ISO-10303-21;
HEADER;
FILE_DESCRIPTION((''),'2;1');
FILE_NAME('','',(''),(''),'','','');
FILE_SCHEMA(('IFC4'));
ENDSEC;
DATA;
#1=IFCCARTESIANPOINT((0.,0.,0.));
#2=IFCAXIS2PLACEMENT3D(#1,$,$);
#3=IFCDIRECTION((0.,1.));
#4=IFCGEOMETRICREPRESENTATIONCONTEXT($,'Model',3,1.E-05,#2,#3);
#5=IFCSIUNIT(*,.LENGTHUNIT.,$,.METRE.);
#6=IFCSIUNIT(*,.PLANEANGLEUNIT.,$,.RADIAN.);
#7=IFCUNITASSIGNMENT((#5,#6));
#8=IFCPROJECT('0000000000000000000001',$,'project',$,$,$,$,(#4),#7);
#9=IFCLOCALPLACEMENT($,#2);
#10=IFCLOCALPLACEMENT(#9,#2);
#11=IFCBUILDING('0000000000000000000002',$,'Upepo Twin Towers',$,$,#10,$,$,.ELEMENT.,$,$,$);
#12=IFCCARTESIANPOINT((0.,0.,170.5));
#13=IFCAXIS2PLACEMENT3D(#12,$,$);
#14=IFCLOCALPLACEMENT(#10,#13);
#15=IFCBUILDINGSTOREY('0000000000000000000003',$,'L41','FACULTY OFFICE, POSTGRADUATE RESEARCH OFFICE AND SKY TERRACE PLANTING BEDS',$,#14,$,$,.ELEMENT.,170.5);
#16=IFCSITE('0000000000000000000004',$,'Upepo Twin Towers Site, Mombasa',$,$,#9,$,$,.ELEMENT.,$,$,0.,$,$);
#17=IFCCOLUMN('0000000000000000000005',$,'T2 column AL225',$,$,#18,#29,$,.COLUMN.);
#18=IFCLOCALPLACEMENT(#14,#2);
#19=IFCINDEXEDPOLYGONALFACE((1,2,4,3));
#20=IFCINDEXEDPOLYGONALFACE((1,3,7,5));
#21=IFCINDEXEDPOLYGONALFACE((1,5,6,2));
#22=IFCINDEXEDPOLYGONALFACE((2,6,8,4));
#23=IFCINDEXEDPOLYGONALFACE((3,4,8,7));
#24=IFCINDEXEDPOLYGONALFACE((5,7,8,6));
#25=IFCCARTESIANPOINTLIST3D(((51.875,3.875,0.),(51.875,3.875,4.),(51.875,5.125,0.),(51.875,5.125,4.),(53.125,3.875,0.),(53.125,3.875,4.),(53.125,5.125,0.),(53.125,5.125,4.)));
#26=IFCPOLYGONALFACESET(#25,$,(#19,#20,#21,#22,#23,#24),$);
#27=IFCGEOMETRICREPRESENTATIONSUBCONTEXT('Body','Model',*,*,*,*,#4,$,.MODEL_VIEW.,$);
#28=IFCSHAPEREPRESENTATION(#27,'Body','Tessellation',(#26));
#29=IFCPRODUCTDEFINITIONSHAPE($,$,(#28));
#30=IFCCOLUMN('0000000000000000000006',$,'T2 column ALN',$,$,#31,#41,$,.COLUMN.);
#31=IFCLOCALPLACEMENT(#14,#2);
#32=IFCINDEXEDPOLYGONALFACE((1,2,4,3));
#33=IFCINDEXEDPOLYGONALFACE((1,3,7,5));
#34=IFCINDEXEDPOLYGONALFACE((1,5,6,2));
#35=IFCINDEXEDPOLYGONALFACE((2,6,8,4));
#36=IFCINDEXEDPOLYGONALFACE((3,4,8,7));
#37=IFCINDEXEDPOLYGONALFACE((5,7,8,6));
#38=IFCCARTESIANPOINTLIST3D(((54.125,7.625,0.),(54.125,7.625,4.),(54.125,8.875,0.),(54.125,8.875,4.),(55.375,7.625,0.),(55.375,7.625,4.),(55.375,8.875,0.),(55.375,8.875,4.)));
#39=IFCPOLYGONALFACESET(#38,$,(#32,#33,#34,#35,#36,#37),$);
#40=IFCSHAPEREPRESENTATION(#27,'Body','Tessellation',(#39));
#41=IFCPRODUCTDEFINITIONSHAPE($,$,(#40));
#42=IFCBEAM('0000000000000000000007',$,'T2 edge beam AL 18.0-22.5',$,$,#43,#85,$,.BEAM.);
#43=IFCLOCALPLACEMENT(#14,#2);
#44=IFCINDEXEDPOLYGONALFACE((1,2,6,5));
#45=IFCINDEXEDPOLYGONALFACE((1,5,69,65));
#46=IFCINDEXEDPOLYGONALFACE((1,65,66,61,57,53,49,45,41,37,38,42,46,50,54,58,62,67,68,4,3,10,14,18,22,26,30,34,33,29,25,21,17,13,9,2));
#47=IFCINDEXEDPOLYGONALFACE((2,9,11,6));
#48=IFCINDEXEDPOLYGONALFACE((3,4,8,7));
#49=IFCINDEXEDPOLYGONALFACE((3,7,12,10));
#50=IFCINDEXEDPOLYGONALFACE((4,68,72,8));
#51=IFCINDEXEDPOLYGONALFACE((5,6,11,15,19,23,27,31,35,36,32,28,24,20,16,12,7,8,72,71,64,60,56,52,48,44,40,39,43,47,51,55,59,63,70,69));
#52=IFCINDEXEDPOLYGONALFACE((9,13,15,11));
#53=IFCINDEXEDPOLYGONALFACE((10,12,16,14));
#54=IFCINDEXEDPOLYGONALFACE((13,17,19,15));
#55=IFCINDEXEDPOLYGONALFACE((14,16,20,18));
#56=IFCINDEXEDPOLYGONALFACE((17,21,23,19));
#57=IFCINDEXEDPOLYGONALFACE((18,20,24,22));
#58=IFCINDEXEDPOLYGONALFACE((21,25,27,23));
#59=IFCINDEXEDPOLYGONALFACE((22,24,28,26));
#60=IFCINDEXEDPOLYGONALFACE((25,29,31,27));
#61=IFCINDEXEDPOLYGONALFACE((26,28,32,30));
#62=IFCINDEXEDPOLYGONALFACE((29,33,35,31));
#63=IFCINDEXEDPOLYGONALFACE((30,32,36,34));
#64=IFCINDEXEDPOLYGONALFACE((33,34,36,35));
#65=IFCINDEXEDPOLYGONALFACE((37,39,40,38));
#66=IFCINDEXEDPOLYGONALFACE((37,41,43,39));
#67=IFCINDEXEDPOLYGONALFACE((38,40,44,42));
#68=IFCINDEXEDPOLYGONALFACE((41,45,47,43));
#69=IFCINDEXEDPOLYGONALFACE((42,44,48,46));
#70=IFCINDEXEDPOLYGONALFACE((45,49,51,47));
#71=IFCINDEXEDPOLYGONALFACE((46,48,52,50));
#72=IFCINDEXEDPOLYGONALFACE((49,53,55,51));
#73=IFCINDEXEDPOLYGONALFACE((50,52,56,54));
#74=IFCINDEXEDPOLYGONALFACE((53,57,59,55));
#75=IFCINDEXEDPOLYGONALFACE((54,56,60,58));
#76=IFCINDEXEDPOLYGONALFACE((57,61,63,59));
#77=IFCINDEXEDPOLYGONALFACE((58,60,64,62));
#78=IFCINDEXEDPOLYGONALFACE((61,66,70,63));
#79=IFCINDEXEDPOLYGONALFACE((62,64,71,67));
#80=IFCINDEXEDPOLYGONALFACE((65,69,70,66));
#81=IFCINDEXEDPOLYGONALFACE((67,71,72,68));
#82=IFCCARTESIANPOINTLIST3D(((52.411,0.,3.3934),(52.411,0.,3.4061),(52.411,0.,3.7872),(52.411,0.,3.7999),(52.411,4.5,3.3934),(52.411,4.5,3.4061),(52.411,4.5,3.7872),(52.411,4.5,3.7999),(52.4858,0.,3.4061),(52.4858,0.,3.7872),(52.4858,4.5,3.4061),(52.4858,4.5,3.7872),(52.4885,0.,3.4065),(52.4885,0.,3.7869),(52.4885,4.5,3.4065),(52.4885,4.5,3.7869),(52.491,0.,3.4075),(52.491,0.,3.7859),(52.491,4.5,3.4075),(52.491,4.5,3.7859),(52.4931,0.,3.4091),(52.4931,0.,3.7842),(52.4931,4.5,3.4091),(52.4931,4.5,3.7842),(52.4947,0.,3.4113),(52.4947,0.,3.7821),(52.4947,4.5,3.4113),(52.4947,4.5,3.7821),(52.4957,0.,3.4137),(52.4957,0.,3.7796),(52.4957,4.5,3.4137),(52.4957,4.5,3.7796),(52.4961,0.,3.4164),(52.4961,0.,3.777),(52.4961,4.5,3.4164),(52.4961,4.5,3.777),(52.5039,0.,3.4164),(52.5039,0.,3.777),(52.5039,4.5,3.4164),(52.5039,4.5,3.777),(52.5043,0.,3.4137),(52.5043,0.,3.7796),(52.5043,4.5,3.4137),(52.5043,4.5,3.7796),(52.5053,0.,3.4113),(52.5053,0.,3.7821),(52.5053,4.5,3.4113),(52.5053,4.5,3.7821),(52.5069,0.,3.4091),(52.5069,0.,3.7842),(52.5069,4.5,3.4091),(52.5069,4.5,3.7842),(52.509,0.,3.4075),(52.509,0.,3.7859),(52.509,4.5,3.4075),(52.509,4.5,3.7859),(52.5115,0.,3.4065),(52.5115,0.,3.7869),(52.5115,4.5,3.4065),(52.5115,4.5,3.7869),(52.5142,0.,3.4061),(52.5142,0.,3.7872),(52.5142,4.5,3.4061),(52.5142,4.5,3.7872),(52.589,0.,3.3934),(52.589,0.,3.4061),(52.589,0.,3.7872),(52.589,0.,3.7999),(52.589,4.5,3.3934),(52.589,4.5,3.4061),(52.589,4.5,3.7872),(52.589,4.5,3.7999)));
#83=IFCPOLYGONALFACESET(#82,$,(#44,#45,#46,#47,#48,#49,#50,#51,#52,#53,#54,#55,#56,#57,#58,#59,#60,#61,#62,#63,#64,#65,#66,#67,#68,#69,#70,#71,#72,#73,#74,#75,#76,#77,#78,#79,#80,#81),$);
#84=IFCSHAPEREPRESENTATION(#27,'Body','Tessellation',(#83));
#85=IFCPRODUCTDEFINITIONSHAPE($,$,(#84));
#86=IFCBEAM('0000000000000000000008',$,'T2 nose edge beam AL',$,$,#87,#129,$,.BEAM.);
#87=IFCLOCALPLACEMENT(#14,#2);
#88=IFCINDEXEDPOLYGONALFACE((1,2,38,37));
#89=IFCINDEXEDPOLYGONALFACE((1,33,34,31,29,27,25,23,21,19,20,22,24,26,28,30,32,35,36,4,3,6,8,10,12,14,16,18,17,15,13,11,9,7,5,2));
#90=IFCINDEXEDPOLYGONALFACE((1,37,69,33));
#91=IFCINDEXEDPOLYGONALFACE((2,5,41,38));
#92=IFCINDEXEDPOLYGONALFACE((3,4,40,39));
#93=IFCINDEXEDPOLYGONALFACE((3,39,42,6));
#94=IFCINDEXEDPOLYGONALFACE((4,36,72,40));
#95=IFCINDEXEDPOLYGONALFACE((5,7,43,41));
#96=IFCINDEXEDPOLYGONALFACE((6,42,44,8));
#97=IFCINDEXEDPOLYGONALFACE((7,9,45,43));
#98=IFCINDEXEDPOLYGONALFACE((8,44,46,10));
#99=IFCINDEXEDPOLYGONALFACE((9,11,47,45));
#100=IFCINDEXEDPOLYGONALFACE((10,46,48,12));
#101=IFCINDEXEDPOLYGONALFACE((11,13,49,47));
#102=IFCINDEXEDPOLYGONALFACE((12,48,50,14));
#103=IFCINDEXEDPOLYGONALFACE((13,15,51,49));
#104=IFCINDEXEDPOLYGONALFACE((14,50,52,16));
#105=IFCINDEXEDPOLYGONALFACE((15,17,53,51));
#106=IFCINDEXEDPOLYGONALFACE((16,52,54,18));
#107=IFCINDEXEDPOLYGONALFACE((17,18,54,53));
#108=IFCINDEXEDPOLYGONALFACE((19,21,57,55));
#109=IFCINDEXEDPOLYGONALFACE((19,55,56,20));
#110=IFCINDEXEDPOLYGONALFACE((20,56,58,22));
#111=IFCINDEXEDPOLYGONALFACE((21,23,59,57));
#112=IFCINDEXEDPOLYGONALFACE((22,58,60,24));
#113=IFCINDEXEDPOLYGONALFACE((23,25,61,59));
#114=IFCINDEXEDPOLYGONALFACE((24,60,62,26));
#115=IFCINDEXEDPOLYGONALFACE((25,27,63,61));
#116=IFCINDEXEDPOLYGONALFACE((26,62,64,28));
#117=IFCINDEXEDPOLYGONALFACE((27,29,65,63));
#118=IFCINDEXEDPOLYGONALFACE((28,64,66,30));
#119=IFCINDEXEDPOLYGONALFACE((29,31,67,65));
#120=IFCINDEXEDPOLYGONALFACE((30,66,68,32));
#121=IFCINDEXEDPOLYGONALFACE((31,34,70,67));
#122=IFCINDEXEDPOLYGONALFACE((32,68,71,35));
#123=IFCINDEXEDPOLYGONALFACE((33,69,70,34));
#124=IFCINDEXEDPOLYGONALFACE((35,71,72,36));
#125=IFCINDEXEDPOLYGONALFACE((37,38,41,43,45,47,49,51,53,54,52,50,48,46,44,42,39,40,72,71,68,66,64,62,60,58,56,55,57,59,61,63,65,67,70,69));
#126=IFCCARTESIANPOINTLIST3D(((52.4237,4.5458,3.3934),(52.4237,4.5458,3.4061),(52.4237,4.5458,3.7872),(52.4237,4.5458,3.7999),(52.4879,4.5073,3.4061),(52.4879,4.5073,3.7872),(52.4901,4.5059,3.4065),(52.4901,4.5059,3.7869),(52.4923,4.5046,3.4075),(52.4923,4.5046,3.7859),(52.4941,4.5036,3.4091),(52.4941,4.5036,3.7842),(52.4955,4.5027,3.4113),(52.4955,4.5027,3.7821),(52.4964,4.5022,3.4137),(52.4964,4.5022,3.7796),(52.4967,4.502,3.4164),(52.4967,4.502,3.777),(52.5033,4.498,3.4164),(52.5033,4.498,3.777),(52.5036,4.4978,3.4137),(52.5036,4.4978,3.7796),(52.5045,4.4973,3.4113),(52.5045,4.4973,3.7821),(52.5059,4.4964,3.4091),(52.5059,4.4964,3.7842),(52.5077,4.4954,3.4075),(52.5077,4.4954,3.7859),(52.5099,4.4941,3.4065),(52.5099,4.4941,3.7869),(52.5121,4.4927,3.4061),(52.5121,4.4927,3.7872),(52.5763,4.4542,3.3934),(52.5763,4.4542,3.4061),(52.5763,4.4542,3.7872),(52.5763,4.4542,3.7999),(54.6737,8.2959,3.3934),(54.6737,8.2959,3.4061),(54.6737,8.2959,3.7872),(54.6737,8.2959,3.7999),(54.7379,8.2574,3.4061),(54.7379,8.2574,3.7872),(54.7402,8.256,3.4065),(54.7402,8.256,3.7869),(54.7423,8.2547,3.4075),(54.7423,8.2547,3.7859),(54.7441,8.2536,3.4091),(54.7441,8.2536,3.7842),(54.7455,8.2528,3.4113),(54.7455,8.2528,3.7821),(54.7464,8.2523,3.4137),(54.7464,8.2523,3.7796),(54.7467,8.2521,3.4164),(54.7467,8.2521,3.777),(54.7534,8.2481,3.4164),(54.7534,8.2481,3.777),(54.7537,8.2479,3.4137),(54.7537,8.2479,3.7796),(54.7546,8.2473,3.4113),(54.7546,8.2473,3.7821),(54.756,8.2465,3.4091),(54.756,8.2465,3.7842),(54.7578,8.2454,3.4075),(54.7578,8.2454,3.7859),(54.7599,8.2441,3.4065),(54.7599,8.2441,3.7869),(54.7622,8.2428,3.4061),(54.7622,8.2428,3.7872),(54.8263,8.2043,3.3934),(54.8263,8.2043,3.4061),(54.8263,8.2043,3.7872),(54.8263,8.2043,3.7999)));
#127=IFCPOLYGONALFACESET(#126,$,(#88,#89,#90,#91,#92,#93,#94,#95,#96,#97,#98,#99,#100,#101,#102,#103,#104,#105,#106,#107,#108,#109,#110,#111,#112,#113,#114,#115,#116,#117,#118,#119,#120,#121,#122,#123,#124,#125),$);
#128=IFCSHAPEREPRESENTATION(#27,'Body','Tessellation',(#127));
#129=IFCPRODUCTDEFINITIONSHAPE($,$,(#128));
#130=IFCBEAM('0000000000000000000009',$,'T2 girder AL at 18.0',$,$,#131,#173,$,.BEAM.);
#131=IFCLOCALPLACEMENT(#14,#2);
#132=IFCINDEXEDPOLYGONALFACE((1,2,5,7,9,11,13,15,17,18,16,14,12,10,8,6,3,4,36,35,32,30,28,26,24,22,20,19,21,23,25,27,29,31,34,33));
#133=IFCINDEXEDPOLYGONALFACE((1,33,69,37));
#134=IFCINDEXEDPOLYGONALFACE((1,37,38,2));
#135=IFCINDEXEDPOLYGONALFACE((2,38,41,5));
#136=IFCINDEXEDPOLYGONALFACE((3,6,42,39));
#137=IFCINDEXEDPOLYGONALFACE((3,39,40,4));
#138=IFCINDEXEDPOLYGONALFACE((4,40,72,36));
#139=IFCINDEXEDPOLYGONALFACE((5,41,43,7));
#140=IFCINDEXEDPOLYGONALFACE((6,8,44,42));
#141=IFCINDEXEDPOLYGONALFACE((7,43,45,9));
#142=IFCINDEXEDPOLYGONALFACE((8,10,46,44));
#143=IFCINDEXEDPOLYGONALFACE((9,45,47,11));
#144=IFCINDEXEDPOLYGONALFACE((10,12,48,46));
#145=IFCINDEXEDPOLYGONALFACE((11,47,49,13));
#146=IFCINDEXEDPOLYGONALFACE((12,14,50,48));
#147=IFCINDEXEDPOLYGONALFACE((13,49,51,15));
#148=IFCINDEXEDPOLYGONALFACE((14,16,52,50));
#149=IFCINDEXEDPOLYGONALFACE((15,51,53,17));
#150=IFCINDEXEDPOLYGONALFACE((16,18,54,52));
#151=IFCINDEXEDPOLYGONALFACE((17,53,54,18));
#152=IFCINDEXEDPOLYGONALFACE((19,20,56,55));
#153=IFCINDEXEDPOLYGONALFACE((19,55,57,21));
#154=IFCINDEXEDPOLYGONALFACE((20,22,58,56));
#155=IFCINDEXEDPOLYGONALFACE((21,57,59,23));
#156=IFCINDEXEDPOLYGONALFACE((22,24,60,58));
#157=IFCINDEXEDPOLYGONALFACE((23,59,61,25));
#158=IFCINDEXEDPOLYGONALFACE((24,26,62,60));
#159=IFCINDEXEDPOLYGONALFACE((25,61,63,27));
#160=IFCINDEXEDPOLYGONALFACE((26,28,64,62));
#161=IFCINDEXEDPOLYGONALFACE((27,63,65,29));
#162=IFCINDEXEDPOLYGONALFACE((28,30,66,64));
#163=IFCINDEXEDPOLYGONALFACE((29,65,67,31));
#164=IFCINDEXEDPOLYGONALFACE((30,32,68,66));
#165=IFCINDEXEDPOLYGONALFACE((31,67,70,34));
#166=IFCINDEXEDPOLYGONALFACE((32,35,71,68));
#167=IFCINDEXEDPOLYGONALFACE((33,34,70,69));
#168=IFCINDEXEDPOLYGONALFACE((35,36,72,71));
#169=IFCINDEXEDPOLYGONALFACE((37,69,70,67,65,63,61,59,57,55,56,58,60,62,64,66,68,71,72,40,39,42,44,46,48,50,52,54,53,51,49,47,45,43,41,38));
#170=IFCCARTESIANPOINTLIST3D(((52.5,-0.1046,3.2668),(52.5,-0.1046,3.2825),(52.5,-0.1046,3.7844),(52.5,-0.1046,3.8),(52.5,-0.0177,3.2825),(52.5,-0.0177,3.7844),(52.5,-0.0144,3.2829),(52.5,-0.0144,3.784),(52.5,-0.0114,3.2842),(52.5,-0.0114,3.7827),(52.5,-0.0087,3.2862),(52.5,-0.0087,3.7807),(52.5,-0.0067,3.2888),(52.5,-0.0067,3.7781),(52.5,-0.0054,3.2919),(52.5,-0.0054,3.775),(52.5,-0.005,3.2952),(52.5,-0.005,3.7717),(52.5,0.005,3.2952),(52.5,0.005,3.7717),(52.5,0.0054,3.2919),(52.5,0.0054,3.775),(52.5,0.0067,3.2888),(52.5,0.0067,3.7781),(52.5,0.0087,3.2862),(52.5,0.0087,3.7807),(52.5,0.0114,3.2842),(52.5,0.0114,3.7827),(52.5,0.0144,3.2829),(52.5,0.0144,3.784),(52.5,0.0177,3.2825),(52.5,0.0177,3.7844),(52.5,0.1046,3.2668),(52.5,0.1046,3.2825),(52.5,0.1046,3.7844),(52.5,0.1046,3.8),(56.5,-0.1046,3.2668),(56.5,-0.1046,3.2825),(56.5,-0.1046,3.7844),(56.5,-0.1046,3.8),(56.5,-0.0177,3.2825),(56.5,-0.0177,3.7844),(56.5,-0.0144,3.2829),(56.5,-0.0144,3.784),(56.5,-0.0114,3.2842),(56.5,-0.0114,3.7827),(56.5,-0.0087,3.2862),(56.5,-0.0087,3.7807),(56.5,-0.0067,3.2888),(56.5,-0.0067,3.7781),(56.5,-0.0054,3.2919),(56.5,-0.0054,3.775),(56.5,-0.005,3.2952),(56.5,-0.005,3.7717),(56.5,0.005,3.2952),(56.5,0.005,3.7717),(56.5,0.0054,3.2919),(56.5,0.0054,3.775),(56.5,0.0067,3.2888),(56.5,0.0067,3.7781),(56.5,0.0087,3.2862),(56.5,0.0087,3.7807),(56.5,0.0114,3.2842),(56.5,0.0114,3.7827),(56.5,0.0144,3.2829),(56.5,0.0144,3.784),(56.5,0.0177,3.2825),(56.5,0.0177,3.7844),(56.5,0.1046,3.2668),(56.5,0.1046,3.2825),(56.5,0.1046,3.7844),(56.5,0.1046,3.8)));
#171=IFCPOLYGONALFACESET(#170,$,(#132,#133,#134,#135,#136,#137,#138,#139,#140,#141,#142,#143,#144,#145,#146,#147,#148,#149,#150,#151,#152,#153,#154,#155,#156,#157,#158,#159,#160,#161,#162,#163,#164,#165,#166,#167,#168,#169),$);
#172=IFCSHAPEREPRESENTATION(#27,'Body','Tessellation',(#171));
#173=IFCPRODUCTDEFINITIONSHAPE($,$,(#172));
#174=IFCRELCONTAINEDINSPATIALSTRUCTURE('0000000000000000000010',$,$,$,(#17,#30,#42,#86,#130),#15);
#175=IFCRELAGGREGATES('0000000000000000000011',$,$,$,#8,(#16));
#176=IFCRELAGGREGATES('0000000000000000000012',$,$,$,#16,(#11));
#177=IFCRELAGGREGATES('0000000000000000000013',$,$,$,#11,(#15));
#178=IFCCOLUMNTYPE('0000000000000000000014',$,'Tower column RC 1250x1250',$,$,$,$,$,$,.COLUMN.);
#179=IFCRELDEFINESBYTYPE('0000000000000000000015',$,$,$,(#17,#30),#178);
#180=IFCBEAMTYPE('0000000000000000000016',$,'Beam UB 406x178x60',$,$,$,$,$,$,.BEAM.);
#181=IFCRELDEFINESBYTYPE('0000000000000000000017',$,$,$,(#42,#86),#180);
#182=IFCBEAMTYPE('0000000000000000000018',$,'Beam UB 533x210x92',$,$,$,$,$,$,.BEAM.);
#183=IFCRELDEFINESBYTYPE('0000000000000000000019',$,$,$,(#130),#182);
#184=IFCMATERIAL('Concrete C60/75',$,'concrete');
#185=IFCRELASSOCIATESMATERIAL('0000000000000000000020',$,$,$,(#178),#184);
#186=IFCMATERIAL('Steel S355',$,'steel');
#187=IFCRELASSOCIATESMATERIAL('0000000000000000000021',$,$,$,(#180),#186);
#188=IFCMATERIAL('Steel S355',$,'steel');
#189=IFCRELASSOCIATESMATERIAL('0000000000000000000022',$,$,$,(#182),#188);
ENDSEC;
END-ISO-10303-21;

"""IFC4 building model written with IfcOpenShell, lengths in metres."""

from ifc_helpers import new_model, si_unit, direction, frame, origin, origin_2d, place, context, subcontext, project, spatial, rectangle, i_section, extrude, material, material_profile, profile_set, type_object, element, save


model = new_model("IFC4")

# Units and contexts
model_context = context("Model", 3, precision=1e-05, world=origin(), true_north=direction((0.0, 1.0)))
body_context = subcontext(model_context, "Body", "Model", "MODEL_VIEW")
ifc_project = project(units=[si_unit("LENGTHUNIT", "METRE"), si_unit("PLANEANGLEUNIT", "RADIAN")], contexts=[model_context])

# Site, building, storey
site_placement = place(None, origin())
site = spatial("IfcSite", under=ifc_project, at=site_placement, Name="Upepo Twin Towers Site, Mombasa", CompositionType="ELEMENT", RefElevation=0.0)
building_placement = place(site_placement, origin())
building = spatial("IfcBuilding", under=site, at=building_placement, Name="Upepo Twin Towers", CompositionType="ELEMENT")
storey_placement = place(building_placement, frame((0.0, 0.0, 170.5)))
storey = spatial("IfcBuildingStorey", under=building, at=storey_placement, Name="L41", Description="FACULTY OFFICE, POSTGRADUATE RESEARCH OFFICE AND SKY TERRACE PLANTING BEDS", CompositionType="ELEMENT", Elevation=170.5)

# Columns
ifc_material_1 = material(Name="Concrete C60/75", Category="concrete")
ifc_material_profile_1 = material_profile(ifc_material_1, rectangle(XDim=1.25, YDim=1.25, at=origin_2d()), Name="RC 1250x1250")
ifc_profile_set_1 = profile_set([ifc_material_profile_1], Name="Concrete C60/75")
column_type = type_object("IfcColumnType", Name="Tower column RC 1250x1250", PredefinedType="COLUMN", material=ifc_profile_set_1)
for number, where, z_axis, x_axis, name in (
    (1, (52.5, 4.5, 0.0), (0.0, 0.0, 1.0), (1.0, 0.0, 0.0), "T2 column AL225"),
    (2, (54.75, 8.25, 0.0), (0.0, 0.0, 1.0), (1.0, 0.0, 0.0), "T2 column ALN"),
):
    element("IfcColumn", number, at=place(storey_placement, frame(where, z_axis=z_axis, x_axis=x_axis)), inside=storey, type_object=column_type, Name=name, PredefinedType="COLUMN", context=body_context, shape_type="SweptSolid", body=[
        extrude(rectangle(XDim=1.25, YDim=1.25, at=origin_2d()), origin(), (0.0, 0.0, 1.0), 4.0),
    ])

# Beams
ifc_material_2 = material(Name="Steel S355", Category="steel")
ifc_material_profile_2 = material_profile(ifc_material_2, i_section(OverallWidth=0.178, OverallDepth=0.4065, WebThickness=0.0078, FlangeThickness=0.0127, FilletRadius=0.0103, at=origin_2d()), Name="UB 406x178x60")
ifc_profile_set_2 = profile_set([ifc_material_profile_2], Name="Steel S355")
beam_type_1 = type_object("IfcBeamType", Name="Beam UB 406x178x60", PredefinedType="BEAM", material=ifc_profile_set_2)
beam_1_placement = place(storey_placement, frame((52.5, 0.0, 3.5967), z_axis=(0.0, 1.0, 0.0), x_axis=(-1.0, 0.0, 0.0)))
element("IfcBeam", 3, at=beam_1_placement, inside=storey, type_object=beam_type_1, Name="T2 edge beam AL 18.0-22.5", PredefinedType="BEAM", context=body_context, shape_type="SweptSolid", body=[
    extrude(i_section(OverallWidth=0.178, OverallDepth=0.4065, WebThickness=0.0078, FlangeThickness=0.0127, FilletRadius=0.0103, at=origin_2d()), origin(), (0.0, 0.0, 1.0), 4.5),
])
beam_2_placement = place(storey_placement, frame((52.5, 4.5, 3.5967), z_axis=(0.514496, 0.857493, 0.0), x_axis=(-0.857493, 0.514496, 0.0)))
element("IfcBeam", 4, at=beam_2_placement, inside=storey, type_object=beam_type_1, Name="T2 nose edge beam AL", PredefinedType="BEAM", context=body_context, shape_type="SweptSolid", body=[
    extrude(i_section(OverallWidth=0.178, OverallDepth=0.4065, WebThickness=0.0078, FlangeThickness=0.0127, FilletRadius=0.0103, at=origin_2d()), origin(), (0.0, 0.0, 1.0), 4.3733),
])
ifc_material_3 = material(Name="Steel S355", Category="steel")
ifc_material_profile_3 = material_profile(ifc_material_3, i_section(OverallWidth=0.2092, OverallDepth=0.5332, WebThickness=0.01, FlangeThickness=0.0156, FilletRadius=0.0127, at=origin_2d()), Name="UB 533x210x92")
ifc_profile_set_3 = profile_set([ifc_material_profile_3], Name="Steel S355")
beam_type_2 = type_object("IfcBeamType", Name="Beam UB 533x210x92", PredefinedType="BEAM", material=ifc_profile_set_3)
for number, where, z_axis, x_axis, name in (
    (5, (52.5, 0.0, 3.5334), (1.0, 0.0, 0.0), (0.0, 1.0, 0.0), "T2 girder AL at 18.0"),
):
    element("IfcBeam", number, at=place(storey_placement, frame(where, z_axis=z_axis, x_axis=x_axis)), inside=storey, type_object=beam_type_2, Name=name, PredefinedType="BEAM", context=body_context, shape_type="SweptSolid", body=[
        extrude(i_section(OverallWidth=0.2092, OverallDepth=0.5332, WebThickness=0.01, FlangeThickness=0.0156, FilletRadius=0.0127, at=origin_2d()), origin(), (0.0, 0.0, 1.0), 4.0),
    ])

save(model, "model.ifc")
